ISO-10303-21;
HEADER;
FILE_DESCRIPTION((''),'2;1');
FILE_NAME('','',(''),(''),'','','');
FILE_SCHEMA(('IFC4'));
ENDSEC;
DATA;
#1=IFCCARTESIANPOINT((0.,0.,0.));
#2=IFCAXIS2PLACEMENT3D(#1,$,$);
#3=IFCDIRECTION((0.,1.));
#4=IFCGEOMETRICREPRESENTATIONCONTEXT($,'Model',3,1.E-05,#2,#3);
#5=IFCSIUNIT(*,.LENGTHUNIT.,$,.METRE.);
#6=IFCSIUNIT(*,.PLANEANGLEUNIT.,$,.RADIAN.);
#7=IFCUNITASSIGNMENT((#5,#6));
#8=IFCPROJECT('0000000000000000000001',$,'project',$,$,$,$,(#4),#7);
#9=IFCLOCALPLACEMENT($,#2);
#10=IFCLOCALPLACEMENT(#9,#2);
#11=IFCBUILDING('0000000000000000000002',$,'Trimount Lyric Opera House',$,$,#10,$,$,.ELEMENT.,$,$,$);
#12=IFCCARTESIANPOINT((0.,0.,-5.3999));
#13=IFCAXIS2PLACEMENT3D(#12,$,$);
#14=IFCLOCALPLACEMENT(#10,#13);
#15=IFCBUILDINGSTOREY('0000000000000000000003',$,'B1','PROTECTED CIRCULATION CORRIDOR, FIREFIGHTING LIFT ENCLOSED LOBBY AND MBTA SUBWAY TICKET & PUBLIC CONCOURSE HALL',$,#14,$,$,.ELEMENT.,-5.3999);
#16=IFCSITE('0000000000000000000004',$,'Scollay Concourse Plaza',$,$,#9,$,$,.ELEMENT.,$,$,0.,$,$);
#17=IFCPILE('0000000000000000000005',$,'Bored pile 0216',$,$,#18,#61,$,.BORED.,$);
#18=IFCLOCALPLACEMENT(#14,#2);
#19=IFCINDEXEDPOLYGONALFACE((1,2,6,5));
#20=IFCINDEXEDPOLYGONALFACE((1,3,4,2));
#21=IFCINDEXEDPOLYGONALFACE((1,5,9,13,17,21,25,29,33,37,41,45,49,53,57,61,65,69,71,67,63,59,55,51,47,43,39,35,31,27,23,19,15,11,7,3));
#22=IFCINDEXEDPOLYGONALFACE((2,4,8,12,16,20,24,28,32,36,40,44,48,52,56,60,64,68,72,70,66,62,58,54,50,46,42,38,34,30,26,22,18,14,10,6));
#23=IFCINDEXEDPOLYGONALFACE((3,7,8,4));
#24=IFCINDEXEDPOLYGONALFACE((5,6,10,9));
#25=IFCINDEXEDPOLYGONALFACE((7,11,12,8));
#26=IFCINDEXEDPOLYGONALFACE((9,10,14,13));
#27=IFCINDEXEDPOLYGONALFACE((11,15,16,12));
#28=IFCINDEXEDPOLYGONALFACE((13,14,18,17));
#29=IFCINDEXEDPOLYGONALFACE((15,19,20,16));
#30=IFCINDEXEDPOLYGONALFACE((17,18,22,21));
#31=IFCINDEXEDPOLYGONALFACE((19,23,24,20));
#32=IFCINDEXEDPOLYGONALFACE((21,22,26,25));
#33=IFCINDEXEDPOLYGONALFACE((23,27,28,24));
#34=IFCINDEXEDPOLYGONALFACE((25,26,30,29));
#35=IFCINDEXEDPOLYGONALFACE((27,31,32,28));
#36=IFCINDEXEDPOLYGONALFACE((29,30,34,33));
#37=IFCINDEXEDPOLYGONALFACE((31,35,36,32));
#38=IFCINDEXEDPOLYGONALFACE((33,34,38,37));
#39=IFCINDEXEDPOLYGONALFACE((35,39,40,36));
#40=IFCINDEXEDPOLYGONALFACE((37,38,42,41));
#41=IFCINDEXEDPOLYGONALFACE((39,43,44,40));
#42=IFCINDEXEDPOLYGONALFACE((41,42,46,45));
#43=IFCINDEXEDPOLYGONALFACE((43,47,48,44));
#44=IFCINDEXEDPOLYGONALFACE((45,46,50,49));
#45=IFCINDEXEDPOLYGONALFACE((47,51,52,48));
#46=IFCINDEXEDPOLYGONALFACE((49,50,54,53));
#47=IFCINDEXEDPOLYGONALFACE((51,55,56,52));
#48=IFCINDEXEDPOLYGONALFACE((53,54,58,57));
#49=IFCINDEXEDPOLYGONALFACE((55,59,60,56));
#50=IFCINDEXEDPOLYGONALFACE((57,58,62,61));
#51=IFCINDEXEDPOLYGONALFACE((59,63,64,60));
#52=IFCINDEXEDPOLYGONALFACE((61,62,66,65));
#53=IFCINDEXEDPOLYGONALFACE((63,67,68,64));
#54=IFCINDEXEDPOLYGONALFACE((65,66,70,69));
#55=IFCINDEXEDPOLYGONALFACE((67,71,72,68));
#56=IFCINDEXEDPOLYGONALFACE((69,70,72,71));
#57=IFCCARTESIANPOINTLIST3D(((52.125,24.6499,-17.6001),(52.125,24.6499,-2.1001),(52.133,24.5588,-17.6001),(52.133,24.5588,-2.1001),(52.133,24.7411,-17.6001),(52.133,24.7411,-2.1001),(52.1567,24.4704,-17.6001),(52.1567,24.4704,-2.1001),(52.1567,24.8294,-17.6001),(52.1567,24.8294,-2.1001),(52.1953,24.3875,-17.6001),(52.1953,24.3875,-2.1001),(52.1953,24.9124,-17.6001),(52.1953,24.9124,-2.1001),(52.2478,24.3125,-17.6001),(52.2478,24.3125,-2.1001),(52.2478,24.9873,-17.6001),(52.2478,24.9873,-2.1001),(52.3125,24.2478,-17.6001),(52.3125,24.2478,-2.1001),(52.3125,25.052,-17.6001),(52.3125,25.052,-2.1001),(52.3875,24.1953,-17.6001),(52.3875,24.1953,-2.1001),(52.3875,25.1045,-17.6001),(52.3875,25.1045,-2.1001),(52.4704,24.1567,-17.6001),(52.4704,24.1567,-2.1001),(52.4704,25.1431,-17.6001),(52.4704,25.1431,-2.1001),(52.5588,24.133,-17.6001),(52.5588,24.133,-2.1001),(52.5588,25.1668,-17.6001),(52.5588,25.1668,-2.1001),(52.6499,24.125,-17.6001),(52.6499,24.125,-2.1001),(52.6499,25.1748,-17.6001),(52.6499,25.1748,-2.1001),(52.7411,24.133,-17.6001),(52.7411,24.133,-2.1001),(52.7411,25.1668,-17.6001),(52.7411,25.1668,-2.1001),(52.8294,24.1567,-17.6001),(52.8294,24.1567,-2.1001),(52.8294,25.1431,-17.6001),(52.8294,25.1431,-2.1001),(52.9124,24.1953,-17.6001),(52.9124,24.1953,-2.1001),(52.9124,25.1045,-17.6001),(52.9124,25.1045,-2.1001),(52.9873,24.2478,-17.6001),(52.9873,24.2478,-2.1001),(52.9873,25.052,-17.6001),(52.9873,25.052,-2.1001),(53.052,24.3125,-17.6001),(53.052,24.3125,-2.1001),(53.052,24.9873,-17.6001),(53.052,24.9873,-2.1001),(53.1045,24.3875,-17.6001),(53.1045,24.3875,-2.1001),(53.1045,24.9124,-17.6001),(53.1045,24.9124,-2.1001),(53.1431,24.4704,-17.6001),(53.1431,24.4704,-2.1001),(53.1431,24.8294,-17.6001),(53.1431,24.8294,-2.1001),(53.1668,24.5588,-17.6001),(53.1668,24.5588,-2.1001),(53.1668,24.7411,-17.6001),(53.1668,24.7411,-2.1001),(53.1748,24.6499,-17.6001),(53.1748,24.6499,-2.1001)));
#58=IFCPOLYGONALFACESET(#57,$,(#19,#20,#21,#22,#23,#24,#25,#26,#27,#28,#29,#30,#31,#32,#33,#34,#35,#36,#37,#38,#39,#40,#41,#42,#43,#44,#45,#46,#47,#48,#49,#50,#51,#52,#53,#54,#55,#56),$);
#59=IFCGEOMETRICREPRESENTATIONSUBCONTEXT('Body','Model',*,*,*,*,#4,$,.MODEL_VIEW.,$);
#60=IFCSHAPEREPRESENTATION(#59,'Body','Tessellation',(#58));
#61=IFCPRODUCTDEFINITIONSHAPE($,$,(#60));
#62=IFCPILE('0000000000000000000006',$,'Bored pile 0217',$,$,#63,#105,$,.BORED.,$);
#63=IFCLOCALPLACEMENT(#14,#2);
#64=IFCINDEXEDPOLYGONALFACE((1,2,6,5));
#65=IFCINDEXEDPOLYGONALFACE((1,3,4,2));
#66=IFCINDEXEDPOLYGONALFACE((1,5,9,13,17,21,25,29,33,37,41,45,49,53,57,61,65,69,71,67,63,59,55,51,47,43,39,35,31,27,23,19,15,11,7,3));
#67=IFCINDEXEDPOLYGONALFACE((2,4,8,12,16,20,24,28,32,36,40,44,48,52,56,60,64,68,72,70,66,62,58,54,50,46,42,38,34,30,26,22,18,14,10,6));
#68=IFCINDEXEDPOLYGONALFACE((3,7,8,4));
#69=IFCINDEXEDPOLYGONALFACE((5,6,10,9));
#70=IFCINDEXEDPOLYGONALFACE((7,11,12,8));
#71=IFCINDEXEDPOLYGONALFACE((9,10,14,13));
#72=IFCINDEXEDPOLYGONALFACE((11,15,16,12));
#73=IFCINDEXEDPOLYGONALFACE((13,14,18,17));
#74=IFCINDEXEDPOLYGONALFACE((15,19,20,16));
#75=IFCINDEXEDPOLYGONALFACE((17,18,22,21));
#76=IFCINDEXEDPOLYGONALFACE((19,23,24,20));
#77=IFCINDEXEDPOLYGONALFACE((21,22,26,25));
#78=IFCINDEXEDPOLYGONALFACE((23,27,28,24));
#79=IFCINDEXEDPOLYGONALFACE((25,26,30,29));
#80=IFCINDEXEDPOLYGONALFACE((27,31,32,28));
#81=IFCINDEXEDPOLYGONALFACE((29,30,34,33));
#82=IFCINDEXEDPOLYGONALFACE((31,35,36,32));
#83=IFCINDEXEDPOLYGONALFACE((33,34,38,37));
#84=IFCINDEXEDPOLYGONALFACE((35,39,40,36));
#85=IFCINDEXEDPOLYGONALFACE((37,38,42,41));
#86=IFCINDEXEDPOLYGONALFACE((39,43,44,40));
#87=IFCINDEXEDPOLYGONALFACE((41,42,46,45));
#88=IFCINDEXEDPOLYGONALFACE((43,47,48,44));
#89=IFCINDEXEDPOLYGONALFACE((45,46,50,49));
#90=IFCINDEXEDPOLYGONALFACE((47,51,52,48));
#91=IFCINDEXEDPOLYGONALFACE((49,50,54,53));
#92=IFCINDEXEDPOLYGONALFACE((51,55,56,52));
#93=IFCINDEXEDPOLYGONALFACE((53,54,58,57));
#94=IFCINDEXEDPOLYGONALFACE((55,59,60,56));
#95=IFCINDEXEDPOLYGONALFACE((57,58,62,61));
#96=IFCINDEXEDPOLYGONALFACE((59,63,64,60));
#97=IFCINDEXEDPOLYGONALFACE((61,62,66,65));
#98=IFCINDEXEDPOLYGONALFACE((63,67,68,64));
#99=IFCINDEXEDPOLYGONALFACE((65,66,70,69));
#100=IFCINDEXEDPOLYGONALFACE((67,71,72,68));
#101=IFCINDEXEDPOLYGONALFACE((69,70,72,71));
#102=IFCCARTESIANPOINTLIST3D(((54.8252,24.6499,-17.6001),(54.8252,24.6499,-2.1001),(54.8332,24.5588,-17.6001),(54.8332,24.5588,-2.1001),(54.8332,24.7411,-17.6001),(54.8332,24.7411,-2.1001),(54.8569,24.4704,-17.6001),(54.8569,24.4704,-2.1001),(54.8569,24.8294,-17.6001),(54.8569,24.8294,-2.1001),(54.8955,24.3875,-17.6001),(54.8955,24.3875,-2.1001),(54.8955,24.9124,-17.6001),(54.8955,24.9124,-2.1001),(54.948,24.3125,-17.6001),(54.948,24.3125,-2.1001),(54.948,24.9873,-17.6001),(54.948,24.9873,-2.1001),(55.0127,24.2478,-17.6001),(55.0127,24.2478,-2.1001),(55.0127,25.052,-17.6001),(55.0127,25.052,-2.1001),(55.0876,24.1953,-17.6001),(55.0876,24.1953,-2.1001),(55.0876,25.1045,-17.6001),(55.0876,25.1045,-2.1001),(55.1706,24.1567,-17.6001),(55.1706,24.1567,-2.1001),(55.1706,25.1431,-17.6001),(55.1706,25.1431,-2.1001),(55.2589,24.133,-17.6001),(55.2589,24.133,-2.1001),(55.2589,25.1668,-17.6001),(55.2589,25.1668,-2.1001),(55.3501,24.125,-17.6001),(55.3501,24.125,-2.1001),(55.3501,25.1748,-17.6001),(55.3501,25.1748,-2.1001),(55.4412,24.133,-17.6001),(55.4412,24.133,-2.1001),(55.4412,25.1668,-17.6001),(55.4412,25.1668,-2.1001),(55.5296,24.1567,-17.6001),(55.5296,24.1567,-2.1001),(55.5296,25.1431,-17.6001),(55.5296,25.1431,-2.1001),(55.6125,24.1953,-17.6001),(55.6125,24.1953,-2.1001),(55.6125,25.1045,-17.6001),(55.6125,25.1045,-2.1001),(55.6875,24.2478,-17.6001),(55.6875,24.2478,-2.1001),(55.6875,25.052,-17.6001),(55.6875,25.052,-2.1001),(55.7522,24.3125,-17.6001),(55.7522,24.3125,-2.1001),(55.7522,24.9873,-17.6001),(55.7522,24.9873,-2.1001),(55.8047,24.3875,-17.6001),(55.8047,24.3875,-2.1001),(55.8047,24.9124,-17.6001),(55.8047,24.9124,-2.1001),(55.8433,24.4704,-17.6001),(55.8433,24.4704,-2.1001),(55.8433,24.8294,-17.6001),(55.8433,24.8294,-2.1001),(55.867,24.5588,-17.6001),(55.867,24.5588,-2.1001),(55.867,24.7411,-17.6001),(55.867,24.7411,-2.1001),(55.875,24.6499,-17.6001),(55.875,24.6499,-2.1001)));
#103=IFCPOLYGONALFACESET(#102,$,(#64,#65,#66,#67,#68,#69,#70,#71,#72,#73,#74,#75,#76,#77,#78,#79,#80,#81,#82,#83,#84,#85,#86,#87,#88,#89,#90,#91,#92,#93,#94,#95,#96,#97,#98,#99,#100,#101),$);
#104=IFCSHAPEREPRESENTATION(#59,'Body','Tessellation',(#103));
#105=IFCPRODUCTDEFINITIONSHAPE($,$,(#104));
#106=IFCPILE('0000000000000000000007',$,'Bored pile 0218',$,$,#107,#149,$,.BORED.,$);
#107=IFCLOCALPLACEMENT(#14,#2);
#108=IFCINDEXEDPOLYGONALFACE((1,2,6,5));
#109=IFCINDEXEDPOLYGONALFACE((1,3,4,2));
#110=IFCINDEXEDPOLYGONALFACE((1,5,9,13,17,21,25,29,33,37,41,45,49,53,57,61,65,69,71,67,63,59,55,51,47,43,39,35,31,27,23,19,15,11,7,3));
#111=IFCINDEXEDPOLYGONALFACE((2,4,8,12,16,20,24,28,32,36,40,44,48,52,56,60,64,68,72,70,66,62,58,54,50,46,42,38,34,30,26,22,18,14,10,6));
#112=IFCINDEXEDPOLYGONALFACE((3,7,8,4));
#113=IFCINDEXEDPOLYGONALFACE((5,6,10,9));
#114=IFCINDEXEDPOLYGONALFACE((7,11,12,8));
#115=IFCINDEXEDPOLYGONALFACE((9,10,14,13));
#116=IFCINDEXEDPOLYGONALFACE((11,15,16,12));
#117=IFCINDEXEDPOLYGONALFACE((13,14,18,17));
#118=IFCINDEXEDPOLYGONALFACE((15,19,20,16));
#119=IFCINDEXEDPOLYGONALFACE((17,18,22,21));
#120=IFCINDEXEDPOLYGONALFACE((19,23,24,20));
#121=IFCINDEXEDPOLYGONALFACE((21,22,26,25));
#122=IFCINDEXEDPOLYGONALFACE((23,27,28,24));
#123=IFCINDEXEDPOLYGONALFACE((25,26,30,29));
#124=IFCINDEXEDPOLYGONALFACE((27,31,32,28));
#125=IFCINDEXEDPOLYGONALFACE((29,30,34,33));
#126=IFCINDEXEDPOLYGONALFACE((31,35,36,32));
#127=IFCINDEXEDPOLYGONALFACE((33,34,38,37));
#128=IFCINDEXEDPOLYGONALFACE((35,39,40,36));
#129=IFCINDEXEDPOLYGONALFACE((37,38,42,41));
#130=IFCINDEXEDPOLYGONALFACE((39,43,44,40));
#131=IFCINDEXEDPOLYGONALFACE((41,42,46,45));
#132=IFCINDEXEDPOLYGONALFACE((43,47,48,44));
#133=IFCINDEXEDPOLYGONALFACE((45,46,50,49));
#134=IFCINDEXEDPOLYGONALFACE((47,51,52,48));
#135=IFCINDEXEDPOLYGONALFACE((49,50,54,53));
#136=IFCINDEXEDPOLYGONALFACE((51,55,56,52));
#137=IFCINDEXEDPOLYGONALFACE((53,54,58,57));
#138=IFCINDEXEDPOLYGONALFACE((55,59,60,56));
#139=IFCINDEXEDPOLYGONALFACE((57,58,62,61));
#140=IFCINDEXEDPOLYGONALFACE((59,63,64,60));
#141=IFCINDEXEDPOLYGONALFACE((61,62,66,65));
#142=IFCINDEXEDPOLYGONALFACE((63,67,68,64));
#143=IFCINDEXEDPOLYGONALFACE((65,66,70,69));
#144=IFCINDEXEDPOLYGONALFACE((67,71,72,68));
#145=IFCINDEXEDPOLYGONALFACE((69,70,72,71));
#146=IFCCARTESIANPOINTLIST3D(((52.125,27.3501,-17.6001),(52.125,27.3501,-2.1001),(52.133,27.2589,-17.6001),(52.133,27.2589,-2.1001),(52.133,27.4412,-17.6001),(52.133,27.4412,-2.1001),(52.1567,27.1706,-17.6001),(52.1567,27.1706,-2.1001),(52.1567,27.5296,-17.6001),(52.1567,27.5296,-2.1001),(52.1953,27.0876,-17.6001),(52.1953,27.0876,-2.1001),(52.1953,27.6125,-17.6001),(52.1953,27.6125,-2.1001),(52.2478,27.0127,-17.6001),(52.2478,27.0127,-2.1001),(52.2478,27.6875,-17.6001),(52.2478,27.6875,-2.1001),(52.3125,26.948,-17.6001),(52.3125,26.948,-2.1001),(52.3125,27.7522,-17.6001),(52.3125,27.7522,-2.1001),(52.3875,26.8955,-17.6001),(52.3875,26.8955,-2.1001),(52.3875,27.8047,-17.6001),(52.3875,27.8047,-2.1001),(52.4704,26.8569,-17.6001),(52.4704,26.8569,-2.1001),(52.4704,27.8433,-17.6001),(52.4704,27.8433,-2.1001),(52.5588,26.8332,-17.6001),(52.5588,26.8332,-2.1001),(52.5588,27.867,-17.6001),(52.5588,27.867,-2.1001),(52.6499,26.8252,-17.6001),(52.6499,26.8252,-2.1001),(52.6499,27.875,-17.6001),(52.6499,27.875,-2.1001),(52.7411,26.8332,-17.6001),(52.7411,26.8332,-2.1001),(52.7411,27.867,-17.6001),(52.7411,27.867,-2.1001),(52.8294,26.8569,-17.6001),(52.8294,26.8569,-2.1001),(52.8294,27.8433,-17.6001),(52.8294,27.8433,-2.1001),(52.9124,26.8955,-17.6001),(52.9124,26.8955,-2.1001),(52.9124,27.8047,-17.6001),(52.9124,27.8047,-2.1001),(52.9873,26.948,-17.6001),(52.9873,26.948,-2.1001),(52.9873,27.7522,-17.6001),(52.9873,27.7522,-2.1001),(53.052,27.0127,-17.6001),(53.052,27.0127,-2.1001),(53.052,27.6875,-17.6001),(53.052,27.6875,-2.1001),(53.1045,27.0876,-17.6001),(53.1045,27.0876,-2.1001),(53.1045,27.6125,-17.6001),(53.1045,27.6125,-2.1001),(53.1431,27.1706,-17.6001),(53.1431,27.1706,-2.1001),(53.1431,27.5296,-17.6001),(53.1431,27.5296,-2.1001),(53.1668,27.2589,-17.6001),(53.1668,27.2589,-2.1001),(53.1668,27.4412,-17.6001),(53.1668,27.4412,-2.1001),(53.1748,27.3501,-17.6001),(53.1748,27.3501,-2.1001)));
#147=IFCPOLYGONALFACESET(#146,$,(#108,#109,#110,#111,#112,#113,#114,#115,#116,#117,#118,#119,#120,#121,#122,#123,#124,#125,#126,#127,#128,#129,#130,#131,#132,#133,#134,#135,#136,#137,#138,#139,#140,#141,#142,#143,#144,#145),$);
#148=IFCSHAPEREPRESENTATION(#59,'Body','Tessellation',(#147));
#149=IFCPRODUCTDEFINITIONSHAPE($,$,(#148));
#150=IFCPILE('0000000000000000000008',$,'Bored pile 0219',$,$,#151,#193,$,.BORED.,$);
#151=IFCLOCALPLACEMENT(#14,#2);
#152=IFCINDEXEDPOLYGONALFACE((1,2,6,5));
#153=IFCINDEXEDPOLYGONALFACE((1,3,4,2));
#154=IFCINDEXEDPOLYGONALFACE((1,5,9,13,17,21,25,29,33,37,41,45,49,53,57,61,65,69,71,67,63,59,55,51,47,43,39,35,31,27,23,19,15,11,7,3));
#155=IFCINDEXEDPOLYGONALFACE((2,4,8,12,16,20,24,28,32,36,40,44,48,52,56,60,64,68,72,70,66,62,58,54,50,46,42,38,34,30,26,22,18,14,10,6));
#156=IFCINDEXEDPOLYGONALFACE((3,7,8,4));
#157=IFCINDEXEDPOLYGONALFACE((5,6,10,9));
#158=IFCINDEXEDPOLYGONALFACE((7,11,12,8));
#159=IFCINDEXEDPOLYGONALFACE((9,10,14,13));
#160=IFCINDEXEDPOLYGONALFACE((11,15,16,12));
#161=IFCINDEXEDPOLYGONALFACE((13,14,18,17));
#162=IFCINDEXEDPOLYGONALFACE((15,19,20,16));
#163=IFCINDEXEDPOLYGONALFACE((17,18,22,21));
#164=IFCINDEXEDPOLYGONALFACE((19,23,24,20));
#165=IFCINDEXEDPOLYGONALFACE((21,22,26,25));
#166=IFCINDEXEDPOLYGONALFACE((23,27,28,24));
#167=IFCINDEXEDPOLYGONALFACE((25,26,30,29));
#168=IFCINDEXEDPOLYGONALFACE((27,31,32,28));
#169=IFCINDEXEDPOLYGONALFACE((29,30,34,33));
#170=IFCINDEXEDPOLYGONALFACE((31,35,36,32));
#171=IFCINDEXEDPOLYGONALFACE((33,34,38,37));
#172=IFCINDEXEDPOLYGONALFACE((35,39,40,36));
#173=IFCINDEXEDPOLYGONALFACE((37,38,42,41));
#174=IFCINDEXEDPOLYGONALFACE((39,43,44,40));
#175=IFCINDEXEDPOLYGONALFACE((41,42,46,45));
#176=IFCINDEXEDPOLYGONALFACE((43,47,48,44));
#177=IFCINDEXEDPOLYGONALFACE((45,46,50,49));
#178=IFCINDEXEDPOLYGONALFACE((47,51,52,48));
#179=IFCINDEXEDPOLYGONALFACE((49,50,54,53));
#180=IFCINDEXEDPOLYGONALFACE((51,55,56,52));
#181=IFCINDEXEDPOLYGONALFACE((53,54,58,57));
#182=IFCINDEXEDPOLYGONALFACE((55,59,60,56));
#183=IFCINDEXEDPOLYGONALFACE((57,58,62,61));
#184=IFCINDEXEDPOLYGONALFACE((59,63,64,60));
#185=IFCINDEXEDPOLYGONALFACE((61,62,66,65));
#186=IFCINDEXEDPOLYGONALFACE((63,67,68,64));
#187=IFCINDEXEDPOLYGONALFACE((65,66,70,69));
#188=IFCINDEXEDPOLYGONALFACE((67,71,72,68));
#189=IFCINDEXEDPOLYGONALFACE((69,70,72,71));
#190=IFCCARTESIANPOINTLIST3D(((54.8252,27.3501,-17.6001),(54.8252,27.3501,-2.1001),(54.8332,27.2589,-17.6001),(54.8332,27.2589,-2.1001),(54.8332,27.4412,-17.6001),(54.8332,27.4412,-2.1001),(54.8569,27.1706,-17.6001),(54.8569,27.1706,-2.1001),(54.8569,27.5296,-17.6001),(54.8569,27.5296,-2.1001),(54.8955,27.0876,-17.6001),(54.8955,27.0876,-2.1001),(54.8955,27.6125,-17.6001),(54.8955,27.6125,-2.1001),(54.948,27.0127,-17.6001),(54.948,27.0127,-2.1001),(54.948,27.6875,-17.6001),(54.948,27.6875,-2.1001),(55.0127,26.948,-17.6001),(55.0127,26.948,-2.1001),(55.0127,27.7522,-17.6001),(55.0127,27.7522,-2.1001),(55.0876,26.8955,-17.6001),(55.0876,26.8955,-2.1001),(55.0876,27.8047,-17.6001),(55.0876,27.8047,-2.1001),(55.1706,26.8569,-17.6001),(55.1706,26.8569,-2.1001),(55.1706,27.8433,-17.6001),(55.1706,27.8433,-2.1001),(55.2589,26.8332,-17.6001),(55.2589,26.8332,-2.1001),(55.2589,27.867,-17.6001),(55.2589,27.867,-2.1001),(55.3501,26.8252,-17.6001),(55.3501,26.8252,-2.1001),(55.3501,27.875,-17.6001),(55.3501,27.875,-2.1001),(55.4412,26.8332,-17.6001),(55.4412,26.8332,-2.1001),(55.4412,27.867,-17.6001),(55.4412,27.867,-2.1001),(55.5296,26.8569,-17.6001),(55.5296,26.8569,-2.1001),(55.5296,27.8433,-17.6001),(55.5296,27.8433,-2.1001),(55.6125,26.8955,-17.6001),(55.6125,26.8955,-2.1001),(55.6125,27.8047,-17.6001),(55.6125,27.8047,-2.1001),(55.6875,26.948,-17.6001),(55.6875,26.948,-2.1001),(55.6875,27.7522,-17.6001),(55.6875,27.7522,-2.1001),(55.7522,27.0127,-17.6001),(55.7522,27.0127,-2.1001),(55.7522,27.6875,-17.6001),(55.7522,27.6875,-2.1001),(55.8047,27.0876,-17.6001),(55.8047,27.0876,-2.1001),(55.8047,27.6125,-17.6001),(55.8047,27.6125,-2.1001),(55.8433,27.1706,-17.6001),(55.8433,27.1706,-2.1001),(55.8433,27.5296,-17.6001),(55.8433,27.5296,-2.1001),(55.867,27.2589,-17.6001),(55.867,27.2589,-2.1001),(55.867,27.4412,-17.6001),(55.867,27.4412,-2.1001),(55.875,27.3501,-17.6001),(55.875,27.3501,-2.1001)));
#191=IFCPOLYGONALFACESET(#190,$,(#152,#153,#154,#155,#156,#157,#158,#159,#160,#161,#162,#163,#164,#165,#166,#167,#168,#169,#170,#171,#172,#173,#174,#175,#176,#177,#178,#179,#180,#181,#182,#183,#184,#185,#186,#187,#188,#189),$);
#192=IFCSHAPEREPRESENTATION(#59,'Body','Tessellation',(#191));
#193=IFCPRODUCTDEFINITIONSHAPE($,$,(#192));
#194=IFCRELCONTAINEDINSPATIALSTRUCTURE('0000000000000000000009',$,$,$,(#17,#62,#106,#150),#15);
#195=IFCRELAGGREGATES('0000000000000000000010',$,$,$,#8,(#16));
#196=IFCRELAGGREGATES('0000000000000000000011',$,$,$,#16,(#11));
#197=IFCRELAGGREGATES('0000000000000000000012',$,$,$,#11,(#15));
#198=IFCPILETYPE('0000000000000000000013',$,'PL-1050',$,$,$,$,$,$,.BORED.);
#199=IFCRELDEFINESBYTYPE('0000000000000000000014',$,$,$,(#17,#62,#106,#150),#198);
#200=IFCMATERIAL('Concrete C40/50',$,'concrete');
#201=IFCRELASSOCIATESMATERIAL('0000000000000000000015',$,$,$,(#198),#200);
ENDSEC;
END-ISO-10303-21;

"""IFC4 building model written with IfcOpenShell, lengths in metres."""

from ifc_helpers import new_model, si_unit, direction, frame, origin, origin_2d, place, context, subcontext, project, spatial, circle, extrude, material, material_profile, profile_set, type_object, element, save


model = new_model("IFC4")

# Units and contexts
model_context = context("Model", 3, precision=1e-05, world=origin(), true_north=direction((0.0, 1.0)))
body_context = subcontext(model_context, "Body", "Model", "MODEL_VIEW")
ifc_project = project(units=[si_unit("LENGTHUNIT", "METRE"), si_unit("PLANEANGLEUNIT", "RADIAN")], contexts=[model_context])

# Site, building, storey
site_placement = place(None, origin())
site = spatial("IfcSite", under=ifc_project, at=site_placement, Name="Scollay Concourse Plaza", CompositionType="ELEMENT", RefElevation=0.0)
building_placement = place(site_placement, origin())
building = spatial("IfcBuilding", under=site, at=building_placement, Name="Trimount Lyric Opera House", CompositionType="ELEMENT")
storey_placement = place(building_placement, frame((0.0, 0.0, -5.3999)))
storey = spatial("IfcBuildingStorey", under=building, at=storey_placement, Name="B1", Description="PROTECTED CIRCULATION CORRIDOR, FIREFIGHTING LIFT ENCLOSED LOBBY AND MBTA SUBWAY TICKET & PUBLIC CONCOURSE HALL", CompositionType="ELEMENT", Elevation=-5.3999)

# Piles
ifc_material_1 = material(Name="Concrete C40/50", Category="concrete")
ifc_material_profile_1 = material_profile(ifc_material_1, circle(Radius=0.5249, at=origin_2d()), Name="PILE-D1050")
ifc_profile_set_1 = profile_set([ifc_material_profile_1], Name="Concrete C40/50")
pile_type_1 = type_object("IfcPileType", Name="PL-1050", PredefinedType="BORED", material=ifc_profile_set_1)
for number, where, z_axis, x_axis, name in (
    (1, (52.6499, 24.6499, -2.1001), (0.0, 0.0, -1.0), (1.0, 0.0, 0.0), "Bored pile 0216"),
    (2, (55.3501, 24.6499, -2.1001), (0.0, 0.0, -1.0), (1.0, 0.0, 0.0), "Bored pile 0217"),
    (3, (52.6499, 27.3501, -2.1001), (0.0, 0.0, -1.0), (1.0, 0.0, 0.0), "Bored pile 0218"),
    (4, (55.3501, 27.3501, -2.1001), (0.0, 0.0, -1.0), (1.0, 0.0, 0.0), "Bored pile 0219"),
):
    element("IfcPile", number, at=place(storey_placement, frame(where, z_axis=z_axis, x_axis=x_axis)), inside=storey, type_object=pile_type_1, Name=name, PredefinedType="BORED", context=body_context, shape_type="SweptSolid", body=[
        extrude(circle(Radius=0.5249, at=origin_2d()), origin(), (0.0, 0.0, 1.0), 15.5),
    ])

save(model, "model.ifc")
